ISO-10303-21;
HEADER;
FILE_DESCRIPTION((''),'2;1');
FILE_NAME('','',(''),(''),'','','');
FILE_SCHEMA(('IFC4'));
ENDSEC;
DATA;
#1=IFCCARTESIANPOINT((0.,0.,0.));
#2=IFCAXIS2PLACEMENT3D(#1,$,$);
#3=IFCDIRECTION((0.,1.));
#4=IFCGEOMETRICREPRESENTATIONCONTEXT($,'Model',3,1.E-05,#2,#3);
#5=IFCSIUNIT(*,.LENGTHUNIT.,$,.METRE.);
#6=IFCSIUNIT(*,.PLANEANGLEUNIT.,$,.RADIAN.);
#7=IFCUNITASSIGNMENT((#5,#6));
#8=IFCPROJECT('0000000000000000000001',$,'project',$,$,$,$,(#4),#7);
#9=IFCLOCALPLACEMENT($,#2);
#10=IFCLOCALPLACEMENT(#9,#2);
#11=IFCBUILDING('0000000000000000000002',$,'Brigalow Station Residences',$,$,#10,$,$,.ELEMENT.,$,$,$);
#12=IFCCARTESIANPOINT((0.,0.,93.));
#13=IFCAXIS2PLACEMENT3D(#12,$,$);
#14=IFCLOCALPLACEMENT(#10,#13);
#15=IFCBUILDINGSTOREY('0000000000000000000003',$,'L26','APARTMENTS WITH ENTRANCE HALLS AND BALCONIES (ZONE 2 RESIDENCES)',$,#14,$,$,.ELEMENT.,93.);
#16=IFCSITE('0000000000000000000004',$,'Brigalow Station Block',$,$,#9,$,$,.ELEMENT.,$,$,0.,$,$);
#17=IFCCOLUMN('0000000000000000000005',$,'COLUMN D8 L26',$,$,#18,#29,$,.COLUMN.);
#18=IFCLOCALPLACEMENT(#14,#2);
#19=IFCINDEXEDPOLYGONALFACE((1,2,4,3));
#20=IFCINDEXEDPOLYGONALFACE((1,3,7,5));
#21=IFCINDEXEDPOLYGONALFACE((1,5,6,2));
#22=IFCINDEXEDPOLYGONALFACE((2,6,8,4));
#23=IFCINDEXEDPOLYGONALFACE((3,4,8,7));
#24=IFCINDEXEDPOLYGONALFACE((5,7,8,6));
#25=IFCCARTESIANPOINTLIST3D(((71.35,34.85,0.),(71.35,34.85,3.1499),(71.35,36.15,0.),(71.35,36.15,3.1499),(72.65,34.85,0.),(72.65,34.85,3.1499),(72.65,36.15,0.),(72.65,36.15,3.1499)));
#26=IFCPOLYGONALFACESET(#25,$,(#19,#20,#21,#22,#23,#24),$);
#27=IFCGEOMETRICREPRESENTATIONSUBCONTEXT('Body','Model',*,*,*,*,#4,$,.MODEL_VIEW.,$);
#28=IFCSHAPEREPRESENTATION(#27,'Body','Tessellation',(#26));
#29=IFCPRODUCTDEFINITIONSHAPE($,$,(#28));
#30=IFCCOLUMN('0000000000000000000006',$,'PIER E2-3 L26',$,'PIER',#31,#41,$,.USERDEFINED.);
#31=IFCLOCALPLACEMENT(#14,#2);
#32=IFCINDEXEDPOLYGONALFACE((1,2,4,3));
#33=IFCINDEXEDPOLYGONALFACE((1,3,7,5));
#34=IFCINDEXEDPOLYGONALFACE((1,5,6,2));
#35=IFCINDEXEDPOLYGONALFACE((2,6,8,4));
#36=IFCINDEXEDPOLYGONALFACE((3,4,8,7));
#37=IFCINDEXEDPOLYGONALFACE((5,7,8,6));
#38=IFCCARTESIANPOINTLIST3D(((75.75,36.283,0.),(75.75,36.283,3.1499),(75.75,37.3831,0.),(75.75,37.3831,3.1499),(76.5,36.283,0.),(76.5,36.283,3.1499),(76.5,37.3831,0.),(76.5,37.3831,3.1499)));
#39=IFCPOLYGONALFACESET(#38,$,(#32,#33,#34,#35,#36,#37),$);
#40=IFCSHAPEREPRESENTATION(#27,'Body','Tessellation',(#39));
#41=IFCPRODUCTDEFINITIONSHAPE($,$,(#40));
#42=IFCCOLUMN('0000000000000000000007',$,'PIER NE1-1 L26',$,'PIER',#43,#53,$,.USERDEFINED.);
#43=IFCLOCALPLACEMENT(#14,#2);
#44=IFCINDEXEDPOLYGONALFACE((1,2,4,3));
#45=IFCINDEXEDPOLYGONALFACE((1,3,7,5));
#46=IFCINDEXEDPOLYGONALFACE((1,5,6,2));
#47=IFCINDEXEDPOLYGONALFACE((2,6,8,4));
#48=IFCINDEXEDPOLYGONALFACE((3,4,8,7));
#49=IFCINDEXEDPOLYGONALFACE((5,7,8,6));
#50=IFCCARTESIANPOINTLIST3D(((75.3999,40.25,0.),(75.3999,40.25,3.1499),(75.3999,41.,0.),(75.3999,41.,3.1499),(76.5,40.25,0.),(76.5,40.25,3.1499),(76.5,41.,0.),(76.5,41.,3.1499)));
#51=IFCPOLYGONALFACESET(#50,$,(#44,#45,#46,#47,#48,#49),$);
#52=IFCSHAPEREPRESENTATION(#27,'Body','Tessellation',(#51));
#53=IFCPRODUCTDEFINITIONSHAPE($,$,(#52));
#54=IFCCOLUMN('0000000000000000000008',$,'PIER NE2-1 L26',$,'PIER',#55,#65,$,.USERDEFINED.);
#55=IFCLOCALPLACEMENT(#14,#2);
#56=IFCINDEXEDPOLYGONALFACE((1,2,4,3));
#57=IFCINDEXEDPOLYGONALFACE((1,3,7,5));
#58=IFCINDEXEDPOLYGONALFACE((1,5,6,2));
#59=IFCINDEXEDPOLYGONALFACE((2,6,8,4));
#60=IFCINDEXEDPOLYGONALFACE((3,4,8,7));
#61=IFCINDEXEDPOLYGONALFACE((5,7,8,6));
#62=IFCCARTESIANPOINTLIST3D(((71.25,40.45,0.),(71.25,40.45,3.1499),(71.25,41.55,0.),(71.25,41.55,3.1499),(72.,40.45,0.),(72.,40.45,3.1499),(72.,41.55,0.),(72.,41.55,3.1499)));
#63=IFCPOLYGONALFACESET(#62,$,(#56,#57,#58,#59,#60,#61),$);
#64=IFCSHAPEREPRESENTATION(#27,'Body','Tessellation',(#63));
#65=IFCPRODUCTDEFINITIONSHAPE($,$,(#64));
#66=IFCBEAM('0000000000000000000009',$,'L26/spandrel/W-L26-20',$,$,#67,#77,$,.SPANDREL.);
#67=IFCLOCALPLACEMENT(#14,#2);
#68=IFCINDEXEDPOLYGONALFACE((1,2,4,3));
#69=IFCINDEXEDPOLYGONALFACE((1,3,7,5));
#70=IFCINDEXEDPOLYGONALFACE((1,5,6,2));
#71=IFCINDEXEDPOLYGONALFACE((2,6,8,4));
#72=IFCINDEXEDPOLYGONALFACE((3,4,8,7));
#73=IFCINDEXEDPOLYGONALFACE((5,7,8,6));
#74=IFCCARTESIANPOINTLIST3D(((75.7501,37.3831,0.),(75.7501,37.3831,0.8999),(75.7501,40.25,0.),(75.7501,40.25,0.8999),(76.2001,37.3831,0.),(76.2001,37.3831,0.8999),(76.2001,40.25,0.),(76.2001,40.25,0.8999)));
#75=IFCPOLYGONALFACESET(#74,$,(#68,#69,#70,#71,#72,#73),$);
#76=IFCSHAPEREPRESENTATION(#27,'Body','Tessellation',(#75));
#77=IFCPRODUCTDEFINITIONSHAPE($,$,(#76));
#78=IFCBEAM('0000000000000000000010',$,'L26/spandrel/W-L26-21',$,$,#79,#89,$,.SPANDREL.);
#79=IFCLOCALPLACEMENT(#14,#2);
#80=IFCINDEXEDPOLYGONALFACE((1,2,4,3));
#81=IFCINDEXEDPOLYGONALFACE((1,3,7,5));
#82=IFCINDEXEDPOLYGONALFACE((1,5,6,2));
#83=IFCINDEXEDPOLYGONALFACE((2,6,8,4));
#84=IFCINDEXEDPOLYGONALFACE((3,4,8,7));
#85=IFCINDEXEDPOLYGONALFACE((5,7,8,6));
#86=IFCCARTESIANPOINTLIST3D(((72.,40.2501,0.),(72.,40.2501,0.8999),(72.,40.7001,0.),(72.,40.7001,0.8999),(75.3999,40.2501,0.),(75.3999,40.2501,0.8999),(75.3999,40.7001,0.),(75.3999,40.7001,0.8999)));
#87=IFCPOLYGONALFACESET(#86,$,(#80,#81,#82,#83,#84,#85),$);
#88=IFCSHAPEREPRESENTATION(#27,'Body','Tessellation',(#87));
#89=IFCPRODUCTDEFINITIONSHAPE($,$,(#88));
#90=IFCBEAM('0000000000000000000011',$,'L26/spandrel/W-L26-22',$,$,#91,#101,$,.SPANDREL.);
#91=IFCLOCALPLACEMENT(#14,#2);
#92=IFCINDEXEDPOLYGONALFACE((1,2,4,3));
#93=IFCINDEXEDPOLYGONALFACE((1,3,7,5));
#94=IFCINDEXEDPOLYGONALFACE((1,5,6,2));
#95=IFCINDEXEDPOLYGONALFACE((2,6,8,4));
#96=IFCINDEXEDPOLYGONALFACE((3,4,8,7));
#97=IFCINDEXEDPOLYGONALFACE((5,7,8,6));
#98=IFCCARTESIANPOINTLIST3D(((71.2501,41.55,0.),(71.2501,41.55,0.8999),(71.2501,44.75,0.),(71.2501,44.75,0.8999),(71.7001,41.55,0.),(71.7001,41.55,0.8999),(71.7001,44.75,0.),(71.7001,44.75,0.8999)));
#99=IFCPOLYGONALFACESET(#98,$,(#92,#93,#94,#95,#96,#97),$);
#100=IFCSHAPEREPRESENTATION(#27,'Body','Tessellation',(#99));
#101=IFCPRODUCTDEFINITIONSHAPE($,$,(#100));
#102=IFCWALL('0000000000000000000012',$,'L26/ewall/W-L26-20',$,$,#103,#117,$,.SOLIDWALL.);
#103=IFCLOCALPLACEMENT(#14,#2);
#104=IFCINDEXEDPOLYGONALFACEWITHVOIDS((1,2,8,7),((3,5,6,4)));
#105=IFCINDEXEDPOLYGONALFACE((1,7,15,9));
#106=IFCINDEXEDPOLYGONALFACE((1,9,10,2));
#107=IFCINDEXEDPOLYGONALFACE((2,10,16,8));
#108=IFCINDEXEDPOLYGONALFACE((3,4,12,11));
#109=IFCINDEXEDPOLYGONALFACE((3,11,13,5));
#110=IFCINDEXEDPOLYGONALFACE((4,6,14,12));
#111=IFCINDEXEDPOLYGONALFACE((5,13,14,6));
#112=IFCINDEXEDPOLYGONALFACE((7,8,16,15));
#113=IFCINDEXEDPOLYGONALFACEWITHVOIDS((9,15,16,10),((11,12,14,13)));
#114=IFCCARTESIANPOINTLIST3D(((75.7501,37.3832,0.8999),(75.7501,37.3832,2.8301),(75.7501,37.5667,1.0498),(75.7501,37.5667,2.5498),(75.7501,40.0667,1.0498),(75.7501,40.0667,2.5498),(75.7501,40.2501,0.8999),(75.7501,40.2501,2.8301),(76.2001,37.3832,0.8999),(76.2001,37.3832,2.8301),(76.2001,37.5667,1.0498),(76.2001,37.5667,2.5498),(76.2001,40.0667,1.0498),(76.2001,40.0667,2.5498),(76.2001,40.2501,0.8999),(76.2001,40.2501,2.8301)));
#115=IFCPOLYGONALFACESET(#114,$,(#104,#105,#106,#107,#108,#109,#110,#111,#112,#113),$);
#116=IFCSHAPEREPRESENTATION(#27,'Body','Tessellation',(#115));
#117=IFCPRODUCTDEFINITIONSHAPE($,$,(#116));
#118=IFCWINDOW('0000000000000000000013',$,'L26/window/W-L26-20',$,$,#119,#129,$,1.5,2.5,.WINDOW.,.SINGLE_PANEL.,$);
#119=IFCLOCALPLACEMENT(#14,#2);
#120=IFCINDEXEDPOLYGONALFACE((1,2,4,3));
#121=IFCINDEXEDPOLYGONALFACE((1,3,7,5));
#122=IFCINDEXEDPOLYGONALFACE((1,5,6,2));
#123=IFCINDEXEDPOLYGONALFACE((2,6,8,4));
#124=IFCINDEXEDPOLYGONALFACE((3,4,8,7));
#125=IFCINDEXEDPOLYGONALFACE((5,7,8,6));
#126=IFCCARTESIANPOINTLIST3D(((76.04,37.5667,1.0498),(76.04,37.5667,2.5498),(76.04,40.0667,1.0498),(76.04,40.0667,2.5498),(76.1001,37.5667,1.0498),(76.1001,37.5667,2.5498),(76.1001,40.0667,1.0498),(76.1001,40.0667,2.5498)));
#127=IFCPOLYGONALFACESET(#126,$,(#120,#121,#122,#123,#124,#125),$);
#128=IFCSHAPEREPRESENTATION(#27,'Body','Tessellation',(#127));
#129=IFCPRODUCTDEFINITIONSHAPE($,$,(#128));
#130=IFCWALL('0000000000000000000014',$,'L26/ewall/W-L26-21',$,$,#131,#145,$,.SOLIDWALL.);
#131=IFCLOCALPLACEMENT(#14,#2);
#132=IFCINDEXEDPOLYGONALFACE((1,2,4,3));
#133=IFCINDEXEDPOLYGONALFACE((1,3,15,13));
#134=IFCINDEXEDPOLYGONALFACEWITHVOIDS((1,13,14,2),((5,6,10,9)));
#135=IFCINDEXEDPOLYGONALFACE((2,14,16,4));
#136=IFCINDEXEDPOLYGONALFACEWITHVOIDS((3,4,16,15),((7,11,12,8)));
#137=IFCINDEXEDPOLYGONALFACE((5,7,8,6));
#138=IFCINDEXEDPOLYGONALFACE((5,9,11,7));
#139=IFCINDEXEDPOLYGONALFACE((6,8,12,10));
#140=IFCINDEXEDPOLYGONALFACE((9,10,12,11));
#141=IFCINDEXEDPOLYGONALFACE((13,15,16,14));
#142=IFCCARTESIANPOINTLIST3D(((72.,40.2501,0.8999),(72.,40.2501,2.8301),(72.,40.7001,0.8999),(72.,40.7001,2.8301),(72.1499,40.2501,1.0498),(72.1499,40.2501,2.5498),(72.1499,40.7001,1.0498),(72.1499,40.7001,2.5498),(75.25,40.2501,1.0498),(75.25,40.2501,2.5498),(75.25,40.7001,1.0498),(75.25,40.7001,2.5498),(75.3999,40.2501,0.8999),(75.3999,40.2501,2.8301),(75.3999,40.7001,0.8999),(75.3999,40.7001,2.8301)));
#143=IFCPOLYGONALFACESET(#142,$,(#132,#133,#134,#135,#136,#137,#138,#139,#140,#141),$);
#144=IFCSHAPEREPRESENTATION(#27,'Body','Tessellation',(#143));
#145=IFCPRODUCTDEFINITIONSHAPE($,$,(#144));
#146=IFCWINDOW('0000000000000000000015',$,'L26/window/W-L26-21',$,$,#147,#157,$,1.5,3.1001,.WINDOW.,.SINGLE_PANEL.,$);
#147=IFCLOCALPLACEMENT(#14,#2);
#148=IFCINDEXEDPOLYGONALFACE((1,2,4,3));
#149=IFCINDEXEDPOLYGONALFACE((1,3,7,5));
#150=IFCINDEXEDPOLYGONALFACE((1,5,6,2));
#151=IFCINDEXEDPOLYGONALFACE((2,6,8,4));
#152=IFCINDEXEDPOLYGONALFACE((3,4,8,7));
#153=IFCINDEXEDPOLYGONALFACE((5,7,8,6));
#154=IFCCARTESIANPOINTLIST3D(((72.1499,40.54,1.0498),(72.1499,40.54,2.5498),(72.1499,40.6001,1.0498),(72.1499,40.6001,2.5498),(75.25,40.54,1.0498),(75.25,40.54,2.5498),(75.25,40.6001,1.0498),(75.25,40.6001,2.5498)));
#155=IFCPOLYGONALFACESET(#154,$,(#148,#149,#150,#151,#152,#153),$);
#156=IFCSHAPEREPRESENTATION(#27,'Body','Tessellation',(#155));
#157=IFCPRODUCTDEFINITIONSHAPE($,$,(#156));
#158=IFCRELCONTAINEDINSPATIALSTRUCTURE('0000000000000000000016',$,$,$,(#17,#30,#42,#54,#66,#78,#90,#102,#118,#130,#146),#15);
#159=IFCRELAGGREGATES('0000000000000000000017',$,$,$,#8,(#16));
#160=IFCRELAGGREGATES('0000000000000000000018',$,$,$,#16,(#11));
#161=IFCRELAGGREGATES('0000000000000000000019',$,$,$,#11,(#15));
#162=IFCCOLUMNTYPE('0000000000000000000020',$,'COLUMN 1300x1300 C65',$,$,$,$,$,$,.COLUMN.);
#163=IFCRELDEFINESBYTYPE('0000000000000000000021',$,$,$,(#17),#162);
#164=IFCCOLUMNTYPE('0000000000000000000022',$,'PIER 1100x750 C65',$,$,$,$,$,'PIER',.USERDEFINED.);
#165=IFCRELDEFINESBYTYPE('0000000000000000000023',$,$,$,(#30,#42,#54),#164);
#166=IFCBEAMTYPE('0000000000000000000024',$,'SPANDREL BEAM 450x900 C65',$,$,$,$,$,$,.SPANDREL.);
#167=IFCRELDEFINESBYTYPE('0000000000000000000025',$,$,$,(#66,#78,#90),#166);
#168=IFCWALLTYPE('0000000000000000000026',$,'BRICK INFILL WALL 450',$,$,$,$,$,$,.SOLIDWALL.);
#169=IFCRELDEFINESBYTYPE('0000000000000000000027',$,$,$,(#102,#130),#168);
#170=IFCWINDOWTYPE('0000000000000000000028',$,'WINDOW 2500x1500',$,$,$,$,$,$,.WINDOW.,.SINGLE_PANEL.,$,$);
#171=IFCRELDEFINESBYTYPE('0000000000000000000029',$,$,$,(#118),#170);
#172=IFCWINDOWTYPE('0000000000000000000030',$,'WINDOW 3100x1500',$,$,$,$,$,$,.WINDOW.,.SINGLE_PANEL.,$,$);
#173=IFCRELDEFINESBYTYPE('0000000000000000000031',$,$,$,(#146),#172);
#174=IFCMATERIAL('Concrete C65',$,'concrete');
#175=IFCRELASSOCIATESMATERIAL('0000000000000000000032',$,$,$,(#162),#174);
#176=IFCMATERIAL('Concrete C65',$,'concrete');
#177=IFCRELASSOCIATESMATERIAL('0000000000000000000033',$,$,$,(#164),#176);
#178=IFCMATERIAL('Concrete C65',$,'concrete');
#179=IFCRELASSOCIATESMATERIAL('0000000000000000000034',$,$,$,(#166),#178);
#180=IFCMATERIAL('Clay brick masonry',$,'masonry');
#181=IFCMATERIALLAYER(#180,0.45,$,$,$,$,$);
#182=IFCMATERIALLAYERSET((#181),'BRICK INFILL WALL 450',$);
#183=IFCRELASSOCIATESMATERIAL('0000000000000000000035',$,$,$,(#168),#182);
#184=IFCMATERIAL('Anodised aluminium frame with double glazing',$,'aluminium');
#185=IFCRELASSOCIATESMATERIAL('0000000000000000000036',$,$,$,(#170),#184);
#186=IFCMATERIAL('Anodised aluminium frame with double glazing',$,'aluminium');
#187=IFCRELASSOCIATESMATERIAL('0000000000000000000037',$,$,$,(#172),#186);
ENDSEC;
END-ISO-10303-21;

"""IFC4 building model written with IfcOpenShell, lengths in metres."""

from ifc_helpers import new_model, si_unit, direction, frame, frame_2d, origin, origin_2d, place, context, subcontext, project, spatial, rectangle, extrude, material, layer, layer_set, material_profile, profile_set, type_object, element, fill, save


model = new_model("IFC4")

# Units and contexts
model_context = context("Model", 3, precision=1e-05, world=origin(), true_north=direction((0.0, 1.0)))
body_context = subcontext(model_context, "Body", "Model", "MODEL_VIEW")
ifc_project = project(units=[si_unit("LENGTHUNIT", "METRE"), si_unit("PLANEANGLEUNIT", "RADIAN")], contexts=[model_context])

# Site, building, storey
site_placement = place(None, origin())
site = spatial("IfcSite", under=ifc_project, at=site_placement, Name="Brigalow Station Block", CompositionType="ELEMENT", RefElevation=0.0)
building_placement = place(site_placement, origin())
building = spatial("IfcBuilding", under=site, at=building_placement, Name="Brigalow Station Residences", CompositionType="ELEMENT")
storey_placement = place(building_placement, frame((0.0, 0.0, 93.0)))
storey = spatial("IfcBuildingStorey", under=building, at=storey_placement, Name="L26", Description="APARTMENTS WITH ENTRANCE HALLS AND BALCONIES (ZONE 2 RESIDENCES)", CompositionType="ELEMENT", Elevation=93.0)

# Columns
ifc_material_1 = material(Name="Concrete C65", Category="concrete")
ifc_material_profile_1 = material_profile(ifc_material_1, rectangle(XDim=1.3, YDim=1.3, at=origin_2d()), Name="RC1300x1300")
ifc_profile_set_1 = profile_set([ifc_material_profile_1], Name="Concrete C65")
column_type_1 = type_object("IfcColumnType", Name="COLUMN 1300x1300 C65", PredefinedType="COLUMN", material=ifc_profile_set_1)
column_placement = place(storey_placement, frame((72.0, 35.5, 0.0), z_axis=(0.0, 0.0, 1.0), x_axis=(1.0, 0.0, 0.0)))
element("IfcColumn", 1, at=column_placement, inside=storey, type_object=column_type_1, Name="COLUMN D8 L26", PredefinedType="COLUMN", context=body_context, shape_type="SweptSolid", body=[
    extrude(rectangle(XDim=1.3, YDim=1.3, at=origin_2d()), origin(), (0.0, 0.0, 1.0), 3.1499),
])
ifc_material_2 = material(Name="Concrete C65", Category="concrete")
ifc_material_profile_2 = material_profile(ifc_material_2, rectangle(XDim=1.1001, YDim=0.75, at=origin_2d()), Name="RC1100x750")
ifc_profile_set_2 = profile_set([ifc_material_profile_2], Name="Concrete C65")
column_type_2 = type_object("IfcColumnType", Name="PIER 1100x750 C65", ElementType="PIER", PredefinedType="USERDEFINED", material=ifc_profile_set_2)
for number, where, z_axis, x_axis, name in (
    (2, (76.125, 36.833, 0.0), (0.0, 0.0, 1.0), (0.0, 1.0, 0.0), "PIER E2-3 L26"),
    (3, (75.95, 40.625, 0.0), (0.0, 0.0, 1.0), (-1.0, 0.0, 0.0), "PIER NE1-1 L26"),
    (4, (71.625, 41.0, 0.0), (0.0, 0.0, 1.0), (0.0, 1.0, 0.0), "PIER NE2-1 L26"),
):
    element("IfcColumn", number, at=place(storey_placement, frame(where, z_axis=z_axis, x_axis=x_axis)), inside=storey, type_object=column_type_2, Name=name, ObjectType="PIER", PredefinedType="USERDEFINED", context=body_context, shape_type="SweptSolid", body=[
        extrude(rectangle(XDim=1.1001, YDim=0.75, at=origin_2d()), origin(), (0.0, 0.0, 1.0), 3.1499),
    ])

# Beams
ifc_material_3 = material(Name="Concrete C65", Category="concrete")
ifc_material_profile_3 = material_profile(ifc_material_3, rectangle(XDim=0.45, YDim=0.8999, at=origin_2d()), Name="RC450x900")
ifc_profile_set_3 = profile_set([ifc_material_profile_3], Name="Concrete C65")
beam_type = type_object("IfcBeamType", Name="SPANDREL BEAM 450x900 C65", PredefinedType="SPANDREL", material=ifc_profile_set_3)
beam_1_placement = place(storey_placement, frame((75.9751, 37.3831, 0.45), z_axis=(0.0, 1.0, 0.0), x_axis=(-1.0, 0.0, 0.0)))
element("IfcBeam", 5, at=beam_1_placement, inside=storey, type_object=beam_type, Name="L26/spandrel/W-L26-20", PredefinedType="SPANDREL", context=body_context, shape_type="SweptSolid", body=[
    extrude(rectangle(XDim=0.45, YDim=0.8999, at=origin_2d()), origin(), (0.0, 0.0, 1.0), 2.8669),
])
beam_2_placement = place(storey_placement, frame((75.3999, 40.4751, 0.45), z_axis=(-1.0, 0.0, 0.0), x_axis=(0.0, -1.0, 0.0)))
element("IfcBeam", 6, at=beam_2_placement, inside=storey, type_object=beam_type, Name="L26/spandrel/W-L26-21", PredefinedType="SPANDREL", context=body_context, shape_type="SweptSolid", body=[
    extrude(rectangle(XDim=0.45, YDim=0.8999, at=origin_2d()), origin(), (0.0, 0.0, 1.0), 3.3999),
])
beam_3_placement = place(storey_placement, frame((71.4751, 41.55, 0.45), z_axis=(0.0, 1.0, 0.0), x_axis=(-1.0, 0.0, 0.0)))
element("IfcBeam", 7, at=beam_3_placement, inside=storey, type_object=beam_type, Name="L26/spandrel/W-L26-22", PredefinedType="SPANDREL", context=body_context, shape_type="SweptSolid", body=[
    extrude(rectangle(XDim=0.45, YDim=0.8999, at=origin_2d()), origin(), (0.0, 0.0, 1.0), 3.2),
])

# Walls, openings, windows
ifc_material_4 = material(Name="Clay brick masonry", Category="masonry")
ifc_layer_1 = layer(ifc_material_4, 0.45)
ifc_layer_set_1 = layer_set([ifc_layer_1], Name="BRICK INFILL WALL 450")
wall_type_1 = type_object("IfcWallType", Name="BRICK INFILL WALL 450", PredefinedType="SOLIDWALL", material=ifc_layer_set_1)
wall_1_placement = place(storey_placement, frame((75.9751, 37.3831, 0.8999), z_axis=(0.0, 0.0, 1.0), x_axis=(0.0, 1.0, 0.0)))
wall_1 = element("IfcWall", 8, at=wall_1_placement, inside=storey, type_object=wall_type_1, Name="L26/ewall/W-L26-20", PredefinedType="SOLIDWALL", context=body_context, shape_type="SweptSolid", body=[
    extrude(rectangle(XDim=2.8669, YDim=0.45, at=frame_2d((1.4336, 0.0))), origin(), (0.0, 0.0, 1.0), 1.9302),
])
opening_1_placement = place(wall_1_placement, frame((0.1836, 0.0, 0.1499)))
opening_1 = element("IfcOpeningElement", 9, at=opening_1_placement, cuts=wall_1, PredefinedType="OPENING", context=body_context, shape_type="SweptSolid", body=[
    extrude(rectangle(XDim=2.5, YDim=1.5, at=frame_2d((1.25, 0.75))), frame((0.0, 0.2349, 0.0), z_axis=(0.0, -1.0, 0.0), x_axis=(1.0, 0.0, 0.0)), (0.0, 0.0, 1.0), 0.47),
])
ifc_material_5 = material(Name="Anodised aluminium frame with double glazing", Category="aluminium")
window_type_1 = type_object("IfcWindowType", Name="WINDOW 2500x1500", PartitioningType="SINGLE_PANEL", PredefinedType="WINDOW", material=ifc_material_5)
window_1_placement = place(opening_1_placement, origin())
window_1 = element("IfcWindow", 10, at=window_1_placement, inside=storey, type_object=window_type_1, Name="L26/window/W-L26-20", OverallHeight=1.5, OverallWidth=2.5, PartitioningType="SINGLE_PANEL", PredefinedType="WINDOW", context=body_context, shape_type="SweptSolid", body=[
    extrude(rectangle(XDim=2.5, YDim=1.5, at=frame_2d((1.25, 0.75))), frame((0.0, -0.0649, 0.0), z_axis=(0.0, -1.0, 0.0), x_axis=(1.0, 0.0, 0.0)), (0.0, 0.0, 1.0), 0.0601),
])
fill(opening_1, window_1)
wall_2_placement = place(storey_placement, frame((75.3999, 40.4751, 0.8999), z_axis=(0.0, 0.0, 1.0), x_axis=(-1.0, 0.0, 0.0)))
wall_2 = element("IfcWall", 11, at=wall_2_placement, inside=storey, type_object=wall_type_1, Name="L26/ewall/W-L26-21", PredefinedType="SOLIDWALL", context=body_context, shape_type="SweptSolid", body=[
    extrude(rectangle(XDim=3.3999, YDim=0.45, at=frame_2d((1.7, 0.0))), origin(), (0.0, 0.0, 1.0), 1.9302),
])
opening_2_placement = place(wall_2_placement, frame((0.1499, 0.0, 0.1499)))
opening_2 = element("IfcOpeningElement", 12, at=opening_2_placement, cuts=wall_2, PredefinedType="OPENING", context=body_context, shape_type="SweptSolid", body=[
    extrude(rectangle(XDim=3.1001, YDim=1.5, at=frame_2d((1.55, 0.75))), frame((0.0, 0.2349, 0.0), z_axis=(0.0, -1.0, 0.0), x_axis=(1.0, 0.0, 0.0)), (0.0, 0.0, 1.0), 0.47),
])
ifc_material_6 = material(Name="Anodised aluminium frame with double glazing", Category="aluminium")
window_type_2 = type_object("IfcWindowType", Name="WINDOW 3100x1500", PartitioningType="SINGLE_PANEL", PredefinedType="WINDOW", material=ifc_material_6)
window_2_placement = place(opening_2_placement, origin())
window_2 = element("IfcWindow", 13, at=window_2_placement, inside=storey, type_object=window_type_2, Name="L26/window/W-L26-21", OverallHeight=1.5, OverallWidth=3.1001, PartitioningType="SINGLE_PANEL", PredefinedType="WINDOW", context=body_context, shape_type="SweptSolid", body=[
    extrude(rectangle(XDim=3.1001, YDim=1.5, at=frame_2d((1.55, 0.75))), frame((0.0, -0.0649, 0.0), z_axis=(0.0, -1.0, 0.0), x_axis=(1.0, 0.0, 0.0)), (0.0, 0.0, 1.0), 0.0601),
])
fill(opening_2, window_2)

save(model, "model.ifc")
